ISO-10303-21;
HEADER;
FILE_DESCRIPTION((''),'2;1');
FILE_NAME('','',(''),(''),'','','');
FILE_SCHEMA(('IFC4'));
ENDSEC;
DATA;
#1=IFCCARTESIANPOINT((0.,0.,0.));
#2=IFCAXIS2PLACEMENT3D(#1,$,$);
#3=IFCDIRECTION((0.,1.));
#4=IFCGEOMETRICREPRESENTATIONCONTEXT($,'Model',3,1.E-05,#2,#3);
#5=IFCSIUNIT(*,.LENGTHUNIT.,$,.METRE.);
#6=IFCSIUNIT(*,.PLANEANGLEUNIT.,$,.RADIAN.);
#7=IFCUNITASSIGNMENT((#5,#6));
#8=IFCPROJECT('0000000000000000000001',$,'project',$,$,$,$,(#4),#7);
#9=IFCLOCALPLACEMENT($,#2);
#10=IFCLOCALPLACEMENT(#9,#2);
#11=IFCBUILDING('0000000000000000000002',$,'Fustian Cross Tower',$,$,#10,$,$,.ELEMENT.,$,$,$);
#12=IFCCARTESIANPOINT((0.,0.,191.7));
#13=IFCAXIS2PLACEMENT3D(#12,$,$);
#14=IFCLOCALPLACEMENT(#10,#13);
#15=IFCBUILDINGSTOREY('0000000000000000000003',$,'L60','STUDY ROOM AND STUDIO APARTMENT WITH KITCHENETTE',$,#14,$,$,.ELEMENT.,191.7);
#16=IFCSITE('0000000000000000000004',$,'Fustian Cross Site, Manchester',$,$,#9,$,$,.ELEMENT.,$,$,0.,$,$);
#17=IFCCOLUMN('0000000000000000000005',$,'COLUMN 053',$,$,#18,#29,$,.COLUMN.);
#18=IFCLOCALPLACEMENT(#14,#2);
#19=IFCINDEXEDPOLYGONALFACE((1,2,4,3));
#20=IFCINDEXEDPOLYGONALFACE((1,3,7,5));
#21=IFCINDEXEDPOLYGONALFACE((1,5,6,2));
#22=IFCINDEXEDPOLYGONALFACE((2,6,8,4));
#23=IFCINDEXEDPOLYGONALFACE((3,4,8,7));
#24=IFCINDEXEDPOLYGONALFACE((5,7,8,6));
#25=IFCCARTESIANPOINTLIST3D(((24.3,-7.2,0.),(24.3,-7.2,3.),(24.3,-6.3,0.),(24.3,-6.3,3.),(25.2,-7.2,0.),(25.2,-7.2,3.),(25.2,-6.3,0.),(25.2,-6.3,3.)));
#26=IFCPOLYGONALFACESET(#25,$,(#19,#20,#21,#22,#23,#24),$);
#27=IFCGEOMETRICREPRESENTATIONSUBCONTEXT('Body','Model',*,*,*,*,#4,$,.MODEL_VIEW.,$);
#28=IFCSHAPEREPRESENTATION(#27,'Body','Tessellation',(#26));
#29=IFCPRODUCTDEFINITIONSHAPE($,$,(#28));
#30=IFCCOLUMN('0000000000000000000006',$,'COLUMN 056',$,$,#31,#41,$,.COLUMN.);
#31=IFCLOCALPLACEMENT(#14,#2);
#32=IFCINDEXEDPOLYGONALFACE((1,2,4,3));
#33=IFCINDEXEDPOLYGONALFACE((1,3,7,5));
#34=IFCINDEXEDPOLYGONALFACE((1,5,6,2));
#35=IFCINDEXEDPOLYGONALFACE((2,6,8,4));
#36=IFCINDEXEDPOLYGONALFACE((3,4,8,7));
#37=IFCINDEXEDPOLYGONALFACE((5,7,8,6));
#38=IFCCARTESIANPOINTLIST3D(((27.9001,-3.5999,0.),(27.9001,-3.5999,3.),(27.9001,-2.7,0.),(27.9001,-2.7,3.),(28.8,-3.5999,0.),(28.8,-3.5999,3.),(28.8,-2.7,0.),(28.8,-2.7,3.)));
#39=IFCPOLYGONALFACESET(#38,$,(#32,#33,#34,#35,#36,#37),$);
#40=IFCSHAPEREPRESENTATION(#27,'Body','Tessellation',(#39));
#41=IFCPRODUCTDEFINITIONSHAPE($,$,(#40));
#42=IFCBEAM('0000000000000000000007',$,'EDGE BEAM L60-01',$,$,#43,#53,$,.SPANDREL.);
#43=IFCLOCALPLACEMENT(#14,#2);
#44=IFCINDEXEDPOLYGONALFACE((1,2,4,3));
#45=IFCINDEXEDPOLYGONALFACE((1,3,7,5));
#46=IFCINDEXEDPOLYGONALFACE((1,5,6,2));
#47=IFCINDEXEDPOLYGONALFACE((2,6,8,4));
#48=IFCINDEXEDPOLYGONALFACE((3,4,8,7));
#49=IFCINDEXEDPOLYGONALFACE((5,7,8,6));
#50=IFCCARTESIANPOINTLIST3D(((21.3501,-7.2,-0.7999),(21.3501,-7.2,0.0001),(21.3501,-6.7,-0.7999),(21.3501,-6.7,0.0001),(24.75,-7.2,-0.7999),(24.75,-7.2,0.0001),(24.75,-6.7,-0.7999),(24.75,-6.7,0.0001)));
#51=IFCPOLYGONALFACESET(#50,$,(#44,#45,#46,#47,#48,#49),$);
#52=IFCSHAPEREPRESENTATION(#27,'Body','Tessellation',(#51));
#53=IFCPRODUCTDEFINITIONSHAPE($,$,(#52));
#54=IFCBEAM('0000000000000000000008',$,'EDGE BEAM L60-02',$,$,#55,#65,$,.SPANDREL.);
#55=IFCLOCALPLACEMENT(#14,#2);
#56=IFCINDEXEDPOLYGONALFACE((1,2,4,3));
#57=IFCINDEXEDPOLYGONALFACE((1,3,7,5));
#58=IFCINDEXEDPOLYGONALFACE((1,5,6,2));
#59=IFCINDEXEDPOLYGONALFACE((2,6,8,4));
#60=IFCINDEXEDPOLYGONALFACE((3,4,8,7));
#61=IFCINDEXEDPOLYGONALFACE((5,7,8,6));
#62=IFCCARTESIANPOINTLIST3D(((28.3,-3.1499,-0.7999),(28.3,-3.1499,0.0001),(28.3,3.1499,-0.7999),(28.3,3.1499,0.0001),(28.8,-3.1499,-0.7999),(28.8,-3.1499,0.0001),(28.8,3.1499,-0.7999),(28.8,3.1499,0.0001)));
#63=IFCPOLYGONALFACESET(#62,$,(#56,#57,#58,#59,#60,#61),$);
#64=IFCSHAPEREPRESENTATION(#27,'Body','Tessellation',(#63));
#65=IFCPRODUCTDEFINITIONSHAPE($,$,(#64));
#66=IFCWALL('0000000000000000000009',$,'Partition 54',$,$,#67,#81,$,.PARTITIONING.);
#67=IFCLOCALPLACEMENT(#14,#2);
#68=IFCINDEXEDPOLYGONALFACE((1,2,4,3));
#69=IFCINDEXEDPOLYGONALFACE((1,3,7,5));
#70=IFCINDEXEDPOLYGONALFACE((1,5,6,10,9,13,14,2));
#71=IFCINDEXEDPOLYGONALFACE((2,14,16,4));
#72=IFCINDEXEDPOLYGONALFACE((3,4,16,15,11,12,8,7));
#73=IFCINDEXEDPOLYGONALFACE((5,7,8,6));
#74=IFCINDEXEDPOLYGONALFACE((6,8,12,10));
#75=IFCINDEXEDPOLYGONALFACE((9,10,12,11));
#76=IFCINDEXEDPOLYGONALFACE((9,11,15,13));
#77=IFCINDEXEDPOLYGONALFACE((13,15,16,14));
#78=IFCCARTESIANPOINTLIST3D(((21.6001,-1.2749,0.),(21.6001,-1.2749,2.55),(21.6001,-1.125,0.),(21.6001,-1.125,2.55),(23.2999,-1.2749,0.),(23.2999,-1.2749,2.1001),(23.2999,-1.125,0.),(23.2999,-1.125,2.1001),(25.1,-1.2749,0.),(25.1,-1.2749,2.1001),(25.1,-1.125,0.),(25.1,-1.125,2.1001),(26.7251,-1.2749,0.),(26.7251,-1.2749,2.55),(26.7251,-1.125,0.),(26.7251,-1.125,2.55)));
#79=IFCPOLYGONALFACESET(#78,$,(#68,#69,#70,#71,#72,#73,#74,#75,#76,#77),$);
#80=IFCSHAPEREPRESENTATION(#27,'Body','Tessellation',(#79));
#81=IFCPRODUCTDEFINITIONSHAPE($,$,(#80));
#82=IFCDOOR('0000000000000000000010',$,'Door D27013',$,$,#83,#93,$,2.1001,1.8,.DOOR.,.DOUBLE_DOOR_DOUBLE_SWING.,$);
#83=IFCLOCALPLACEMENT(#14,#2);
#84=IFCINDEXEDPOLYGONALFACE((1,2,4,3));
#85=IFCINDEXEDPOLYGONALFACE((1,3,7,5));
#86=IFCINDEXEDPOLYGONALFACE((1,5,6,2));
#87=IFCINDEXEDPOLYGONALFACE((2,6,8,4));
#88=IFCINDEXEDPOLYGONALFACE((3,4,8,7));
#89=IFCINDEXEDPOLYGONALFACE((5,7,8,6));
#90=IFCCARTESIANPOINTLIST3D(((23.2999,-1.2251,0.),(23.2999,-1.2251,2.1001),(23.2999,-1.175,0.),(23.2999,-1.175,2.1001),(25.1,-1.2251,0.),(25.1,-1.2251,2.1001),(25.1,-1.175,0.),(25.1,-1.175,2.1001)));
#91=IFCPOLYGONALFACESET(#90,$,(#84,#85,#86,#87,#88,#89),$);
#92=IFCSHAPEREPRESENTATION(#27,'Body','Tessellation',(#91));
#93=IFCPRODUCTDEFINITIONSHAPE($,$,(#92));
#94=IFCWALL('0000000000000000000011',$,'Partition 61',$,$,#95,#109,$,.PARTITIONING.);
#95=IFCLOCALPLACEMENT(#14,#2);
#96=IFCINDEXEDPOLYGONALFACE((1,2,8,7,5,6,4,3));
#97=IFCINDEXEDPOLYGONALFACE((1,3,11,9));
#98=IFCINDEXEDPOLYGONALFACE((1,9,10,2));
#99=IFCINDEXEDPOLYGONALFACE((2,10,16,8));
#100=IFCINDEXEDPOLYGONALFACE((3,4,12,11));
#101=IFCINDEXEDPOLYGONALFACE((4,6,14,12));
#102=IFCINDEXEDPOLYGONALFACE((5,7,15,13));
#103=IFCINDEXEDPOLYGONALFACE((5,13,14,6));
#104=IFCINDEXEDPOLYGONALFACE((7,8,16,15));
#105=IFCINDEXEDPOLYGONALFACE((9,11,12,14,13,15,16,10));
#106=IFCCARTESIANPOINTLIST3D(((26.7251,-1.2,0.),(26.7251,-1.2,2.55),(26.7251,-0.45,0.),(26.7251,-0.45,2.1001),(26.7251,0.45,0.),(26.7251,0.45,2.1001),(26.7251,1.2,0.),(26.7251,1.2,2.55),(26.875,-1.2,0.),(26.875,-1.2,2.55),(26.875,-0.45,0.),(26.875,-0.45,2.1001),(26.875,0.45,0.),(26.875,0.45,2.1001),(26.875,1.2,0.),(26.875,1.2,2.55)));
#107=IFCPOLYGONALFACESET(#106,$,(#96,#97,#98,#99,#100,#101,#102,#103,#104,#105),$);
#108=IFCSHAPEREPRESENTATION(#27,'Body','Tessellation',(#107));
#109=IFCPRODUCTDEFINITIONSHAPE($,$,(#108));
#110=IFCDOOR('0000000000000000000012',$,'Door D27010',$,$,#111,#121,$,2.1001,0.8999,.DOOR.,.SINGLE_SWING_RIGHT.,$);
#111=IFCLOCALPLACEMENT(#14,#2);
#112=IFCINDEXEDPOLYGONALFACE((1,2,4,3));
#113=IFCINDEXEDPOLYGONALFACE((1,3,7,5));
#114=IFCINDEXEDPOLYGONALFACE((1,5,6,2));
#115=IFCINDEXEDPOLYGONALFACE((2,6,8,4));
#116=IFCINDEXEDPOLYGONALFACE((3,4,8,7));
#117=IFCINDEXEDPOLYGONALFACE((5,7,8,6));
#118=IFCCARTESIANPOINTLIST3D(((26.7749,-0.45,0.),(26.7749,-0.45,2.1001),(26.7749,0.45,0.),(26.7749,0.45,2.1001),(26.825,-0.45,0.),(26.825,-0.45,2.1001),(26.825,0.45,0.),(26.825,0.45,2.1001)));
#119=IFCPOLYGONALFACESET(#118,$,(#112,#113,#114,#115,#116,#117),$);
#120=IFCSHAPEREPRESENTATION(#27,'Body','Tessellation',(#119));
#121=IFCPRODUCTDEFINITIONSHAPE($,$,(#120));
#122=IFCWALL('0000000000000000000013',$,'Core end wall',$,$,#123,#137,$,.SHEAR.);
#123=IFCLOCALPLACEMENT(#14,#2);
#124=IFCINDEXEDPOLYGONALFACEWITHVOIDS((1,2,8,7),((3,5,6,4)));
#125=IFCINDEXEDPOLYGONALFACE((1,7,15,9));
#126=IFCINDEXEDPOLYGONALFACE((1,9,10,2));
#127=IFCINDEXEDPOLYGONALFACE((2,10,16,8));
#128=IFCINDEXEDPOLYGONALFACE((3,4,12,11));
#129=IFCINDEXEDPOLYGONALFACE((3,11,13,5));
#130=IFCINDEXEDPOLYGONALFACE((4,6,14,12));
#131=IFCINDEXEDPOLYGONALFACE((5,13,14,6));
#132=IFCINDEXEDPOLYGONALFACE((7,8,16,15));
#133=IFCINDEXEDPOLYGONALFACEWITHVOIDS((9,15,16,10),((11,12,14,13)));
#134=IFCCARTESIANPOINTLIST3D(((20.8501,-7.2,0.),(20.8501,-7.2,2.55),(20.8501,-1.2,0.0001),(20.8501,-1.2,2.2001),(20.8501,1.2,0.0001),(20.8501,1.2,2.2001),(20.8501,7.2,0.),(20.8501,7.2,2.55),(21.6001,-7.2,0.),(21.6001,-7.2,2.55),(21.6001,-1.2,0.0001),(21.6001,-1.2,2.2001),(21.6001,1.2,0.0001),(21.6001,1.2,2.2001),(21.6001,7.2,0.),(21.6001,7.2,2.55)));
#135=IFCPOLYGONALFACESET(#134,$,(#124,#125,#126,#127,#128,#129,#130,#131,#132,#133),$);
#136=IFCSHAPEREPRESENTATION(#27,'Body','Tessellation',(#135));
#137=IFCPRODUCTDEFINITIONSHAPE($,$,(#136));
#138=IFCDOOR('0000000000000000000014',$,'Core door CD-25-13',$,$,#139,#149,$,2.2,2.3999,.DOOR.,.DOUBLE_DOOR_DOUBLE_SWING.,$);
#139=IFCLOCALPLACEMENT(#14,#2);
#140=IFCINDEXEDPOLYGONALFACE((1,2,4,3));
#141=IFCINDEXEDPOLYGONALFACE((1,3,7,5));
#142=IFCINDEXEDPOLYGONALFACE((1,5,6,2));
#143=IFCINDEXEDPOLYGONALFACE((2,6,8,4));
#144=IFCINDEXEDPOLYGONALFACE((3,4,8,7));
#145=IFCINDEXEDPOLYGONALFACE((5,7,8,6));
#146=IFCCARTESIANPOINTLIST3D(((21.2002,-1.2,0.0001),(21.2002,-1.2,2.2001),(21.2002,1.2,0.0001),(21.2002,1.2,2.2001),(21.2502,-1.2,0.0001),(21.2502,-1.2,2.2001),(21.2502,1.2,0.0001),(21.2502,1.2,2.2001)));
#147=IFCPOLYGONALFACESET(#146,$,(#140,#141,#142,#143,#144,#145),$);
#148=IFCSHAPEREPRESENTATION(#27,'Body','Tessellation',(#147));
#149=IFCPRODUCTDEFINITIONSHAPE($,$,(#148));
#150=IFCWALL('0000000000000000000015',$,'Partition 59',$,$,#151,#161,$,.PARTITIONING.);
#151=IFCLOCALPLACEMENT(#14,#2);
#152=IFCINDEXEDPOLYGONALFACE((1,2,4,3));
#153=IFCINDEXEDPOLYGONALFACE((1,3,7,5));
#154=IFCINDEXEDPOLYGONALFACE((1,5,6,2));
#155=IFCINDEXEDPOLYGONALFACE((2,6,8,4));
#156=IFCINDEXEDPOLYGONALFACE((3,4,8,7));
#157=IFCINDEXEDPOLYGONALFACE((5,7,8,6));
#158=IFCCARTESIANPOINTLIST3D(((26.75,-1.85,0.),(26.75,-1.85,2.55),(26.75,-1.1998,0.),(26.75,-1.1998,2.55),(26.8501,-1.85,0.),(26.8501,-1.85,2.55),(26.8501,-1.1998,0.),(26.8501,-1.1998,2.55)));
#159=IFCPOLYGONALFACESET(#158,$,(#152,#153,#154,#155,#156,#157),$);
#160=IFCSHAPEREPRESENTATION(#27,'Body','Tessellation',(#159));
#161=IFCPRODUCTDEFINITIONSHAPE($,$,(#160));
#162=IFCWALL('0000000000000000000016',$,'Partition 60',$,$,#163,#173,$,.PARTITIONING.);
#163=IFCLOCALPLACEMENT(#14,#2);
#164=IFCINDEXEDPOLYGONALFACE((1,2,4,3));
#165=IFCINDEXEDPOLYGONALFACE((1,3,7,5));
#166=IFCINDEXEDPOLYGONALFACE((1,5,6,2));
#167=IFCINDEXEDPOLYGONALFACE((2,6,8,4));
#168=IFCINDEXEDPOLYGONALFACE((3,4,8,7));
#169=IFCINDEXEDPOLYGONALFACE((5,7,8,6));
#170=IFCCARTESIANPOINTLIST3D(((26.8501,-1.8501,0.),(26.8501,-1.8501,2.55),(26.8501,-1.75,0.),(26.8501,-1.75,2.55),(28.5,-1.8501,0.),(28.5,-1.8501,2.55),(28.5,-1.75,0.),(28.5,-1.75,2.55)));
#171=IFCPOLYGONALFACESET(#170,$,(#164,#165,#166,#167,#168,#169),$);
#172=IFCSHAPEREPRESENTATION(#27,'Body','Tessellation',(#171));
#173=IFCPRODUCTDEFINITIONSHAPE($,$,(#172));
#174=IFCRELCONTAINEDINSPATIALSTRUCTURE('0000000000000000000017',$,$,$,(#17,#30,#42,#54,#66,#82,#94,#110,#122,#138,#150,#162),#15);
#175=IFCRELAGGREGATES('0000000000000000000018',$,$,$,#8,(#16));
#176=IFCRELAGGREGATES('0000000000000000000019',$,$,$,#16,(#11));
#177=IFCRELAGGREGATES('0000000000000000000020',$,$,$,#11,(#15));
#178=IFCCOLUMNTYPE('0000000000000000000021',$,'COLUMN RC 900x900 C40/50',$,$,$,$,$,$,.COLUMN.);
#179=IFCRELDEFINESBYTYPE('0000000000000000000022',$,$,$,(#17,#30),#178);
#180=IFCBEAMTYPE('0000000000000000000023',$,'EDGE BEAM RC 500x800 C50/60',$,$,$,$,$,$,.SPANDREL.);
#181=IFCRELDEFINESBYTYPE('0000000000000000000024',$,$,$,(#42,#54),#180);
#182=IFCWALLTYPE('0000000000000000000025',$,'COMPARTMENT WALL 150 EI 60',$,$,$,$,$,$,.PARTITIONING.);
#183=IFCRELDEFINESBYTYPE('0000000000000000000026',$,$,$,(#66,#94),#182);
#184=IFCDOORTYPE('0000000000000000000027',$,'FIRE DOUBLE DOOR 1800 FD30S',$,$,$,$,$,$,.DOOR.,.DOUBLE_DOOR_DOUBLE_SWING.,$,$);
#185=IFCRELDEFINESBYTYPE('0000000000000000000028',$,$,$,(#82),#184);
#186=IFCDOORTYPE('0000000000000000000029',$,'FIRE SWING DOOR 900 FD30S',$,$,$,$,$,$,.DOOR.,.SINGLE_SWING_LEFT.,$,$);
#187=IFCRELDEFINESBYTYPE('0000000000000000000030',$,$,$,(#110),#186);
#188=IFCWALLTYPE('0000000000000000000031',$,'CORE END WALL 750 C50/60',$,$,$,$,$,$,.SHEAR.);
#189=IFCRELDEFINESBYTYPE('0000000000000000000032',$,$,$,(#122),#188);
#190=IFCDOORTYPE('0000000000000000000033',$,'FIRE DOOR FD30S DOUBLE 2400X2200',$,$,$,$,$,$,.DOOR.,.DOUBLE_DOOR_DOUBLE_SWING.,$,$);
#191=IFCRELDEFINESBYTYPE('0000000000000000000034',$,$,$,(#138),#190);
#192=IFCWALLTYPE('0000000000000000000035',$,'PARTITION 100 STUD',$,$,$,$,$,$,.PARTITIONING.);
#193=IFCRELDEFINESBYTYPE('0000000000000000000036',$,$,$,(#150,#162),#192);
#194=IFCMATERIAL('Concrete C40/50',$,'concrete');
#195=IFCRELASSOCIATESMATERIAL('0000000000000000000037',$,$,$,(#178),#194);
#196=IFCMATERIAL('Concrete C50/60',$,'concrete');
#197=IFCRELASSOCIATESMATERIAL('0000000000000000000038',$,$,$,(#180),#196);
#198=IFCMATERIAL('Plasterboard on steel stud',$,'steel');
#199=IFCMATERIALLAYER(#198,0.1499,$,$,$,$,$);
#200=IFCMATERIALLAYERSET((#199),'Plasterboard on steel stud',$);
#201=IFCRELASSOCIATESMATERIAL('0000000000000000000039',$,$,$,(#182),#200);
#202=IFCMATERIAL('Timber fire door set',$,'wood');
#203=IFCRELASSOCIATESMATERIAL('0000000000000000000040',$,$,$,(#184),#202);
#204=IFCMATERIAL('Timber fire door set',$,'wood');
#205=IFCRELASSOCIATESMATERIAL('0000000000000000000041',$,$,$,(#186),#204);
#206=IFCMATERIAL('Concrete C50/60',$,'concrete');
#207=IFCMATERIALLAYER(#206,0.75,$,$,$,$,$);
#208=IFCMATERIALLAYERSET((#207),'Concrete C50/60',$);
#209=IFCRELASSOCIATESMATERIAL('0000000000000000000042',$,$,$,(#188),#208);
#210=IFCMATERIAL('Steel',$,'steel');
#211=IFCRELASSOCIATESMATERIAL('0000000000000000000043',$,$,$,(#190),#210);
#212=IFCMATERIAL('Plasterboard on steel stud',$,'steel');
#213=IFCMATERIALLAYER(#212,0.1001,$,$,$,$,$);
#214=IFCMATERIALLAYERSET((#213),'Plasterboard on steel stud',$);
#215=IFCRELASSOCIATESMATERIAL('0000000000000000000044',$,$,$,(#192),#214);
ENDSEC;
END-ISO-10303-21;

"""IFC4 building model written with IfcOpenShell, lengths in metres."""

from ifc_helpers import new_model, si_unit, direction, frame, frame_2d, origin, origin_2d, place, context, subcontext, project, spatial, rectangle, extrude, material, layer, layer_set, material_profile, profile_set, type_object, element, fill, save


model = new_model("IFC4")

# Units and contexts
model_context = context("Model", 3, precision=1e-05, world=origin(), true_north=direction((0.0, 1.0)))
body_context = subcontext(model_context, "Body", "Model", "MODEL_VIEW")
ifc_project = project(units=[si_unit("LENGTHUNIT", "METRE"), si_unit("PLANEANGLEUNIT", "RADIAN")], contexts=[model_context])

# Site, building, storey
site_placement = place(None, origin())
site = spatial("IfcSite", under=ifc_project, at=site_placement, Name="Fustian Cross Site, Manchester", CompositionType="ELEMENT", RefElevation=0.0)
building_placement = place(site_placement, origin())
building = spatial("IfcBuilding", under=site, at=building_placement, Name="Fustian Cross Tower", CompositionType="ELEMENT")
storey_placement = place(building_placement, frame((0.0, 0.0, 191.7)))
storey = spatial("IfcBuildingStorey", under=building, at=storey_placement, Name="L60", Description="STUDY ROOM AND STUDIO APARTMENT WITH KITCHENETTE", CompositionType="ELEMENT", Elevation=191.7)

# Columns
ifc_material_1 = material(Name="Concrete C40/50", Category="concrete")
ifc_material_profile_1 = material_profile(ifc_material_1, rectangle(XDim=0.8999, YDim=0.8999, at=origin_2d()), Name="RC 900x900")
ifc_profile_set_1 = profile_set([ifc_material_profile_1], Name="Concrete C40/50")
column_type = type_object("IfcColumnType", Name="COLUMN RC 900x900 C40/50", PredefinedType="COLUMN", material=ifc_profile_set_1)
for number, where, z_axis, x_axis, name in (
    (1, (24.75, -6.75, 0.0), (0.0, 0.0, 1.0), (1.0, 0.0, 0.0), "COLUMN 053"),
    (2, (28.3501, -3.1499, 0.0), (0.0, 0.0, 1.0), (1.0, 0.0, 0.0), "COLUMN 056"),
):
    element("IfcColumn", number, at=place(storey_placement, frame(where, z_axis=z_axis, x_axis=x_axis)), inside=storey, type_object=column_type, Name=name, PredefinedType="COLUMN", context=body_context, shape_type="SweptSolid", body=[
        extrude(rectangle(XDim=0.8999, YDim=0.8999, at=origin_2d()), origin(), (0.0, 0.0, 1.0), 3.0),
    ])

# Beams
ifc_material_2 = material(Name="Concrete C50/60", Category="concrete")
ifc_material_profile_2 = material_profile(ifc_material_2, rectangle(XDim=0.5, YDim=0.8, at=origin_2d()), Name="RC 500x800")
ifc_profile_set_2 = profile_set([ifc_material_profile_2], Name="Concrete C50/60")
beam_type = type_object("IfcBeamType", Name="EDGE BEAM RC 500x800 C50/60", PredefinedType="SPANDREL", material=ifc_profile_set_2)
beam_1_placement = place(storey_placement, frame((21.3501, -6.95, -0.3999), z_axis=(1.0, 0.0, 0.0), x_axis=(0.0, 1.0, 0.0)))
element("IfcBeam", 3, at=beam_1_placement, inside=storey, type_object=beam_type, Name="EDGE BEAM L60-01", PredefinedType="SPANDREL", context=body_context, shape_type="SweptSolid", body=[
    extrude(rectangle(XDim=0.5, YDim=0.8, at=origin_2d()), origin(), (0.0, 0.0, 1.0), 3.3999),
])
beam_2_placement = place(storey_placement, frame((28.55, -3.1499, -0.3999), z_axis=(0.0, 1.0, 0.0), x_axis=(-1.0, 0.0, 0.0)))
element("IfcBeam", 4, at=beam_2_placement, inside=storey, type_object=beam_type, Name="EDGE BEAM L60-02", PredefinedType="SPANDREL", context=body_context, shape_type="SweptSolid", body=[
    extrude(rectangle(XDim=0.5, YDim=0.8, at=origin_2d()), origin(), (0.0, 0.0, 1.0), 6.2998),
])

# Walls, openings, doors
ifc_material_3 = material(Name="Plasterboard on steel stud", Category="steel")
ifc_layer_1 = layer(ifc_material_3, 0.1499)
ifc_layer_set_1 = layer_set([ifc_layer_1], Name="Plasterboard on steel stud")
wall_type_1 = type_object("IfcWallType", Name="COMPARTMENT WALL 150 EI 60", PredefinedType="PARTITIONING", material=ifc_layer_set_1)
wall_1_placement = place(storey_placement, frame((21.6001, -1.2, 0.0), z_axis=(0.0, 0.0, 1.0), x_axis=(1.0, 0.0, 0.0)))
wall_1 = element("IfcWall", 5, at=wall_1_placement, inside=storey, type_object=wall_type_1, Name="Partition 54", PredefinedType="PARTITIONING", context=body_context, shape_type="SweptSolid", body=[
    extrude(rectangle(XDim=5.125, YDim=0.1499, at=frame_2d((2.5625, 0.0))), origin(), (0.0, 0.0, 1.0), 2.55),
])
opening_1_placement = place(wall_1_placement, frame((1.7, 0.0, 0.0)))
opening_1 = element("IfcOpeningElement", 6, at=opening_1_placement, cuts=wall_1, PredefinedType="OPENING", context=body_context, shape_type="SweptSolid", body=[
    extrude(rectangle(XDim=1.8, YDim=2.1001, at=frame_2d((0.8999, 1.05))), frame((0.0, 0.085, 0.0), z_axis=(0.0, -1.0, 0.0), x_axis=(1.0, 0.0, 0.0)), (0.0, 0.0, 1.0), 0.1699),
])
ifc_material_4 = material(Name="Timber fire door set", Category="wood")
door_type_1 = type_object("IfcDoorType", Name="FIRE DOUBLE DOOR 1800 FD30S", OperationType="DOUBLE_DOOR_DOUBLE_SWING", PredefinedType="DOOR", material=ifc_material_4)
door_1_placement = place(opening_1_placement, origin())
door_1 = element("IfcDoor", 7, at=door_1_placement, inside=storey, type_object=door_type_1, Name="Door D27013", OperationType="DOUBLE_DOOR_DOUBLE_SWING", OverallHeight=2.1001, OverallWidth=1.8, PredefinedType="DOOR", context=body_context, shape_type="SweptSolid", body=[
    extrude(rectangle(XDim=1.8, YDim=2.1001, at=frame_2d((0.8999, 1.05))), frame((0.0, 0.0249, 0.0), z_axis=(0.0, -1.0, 0.0), x_axis=(1.0, 0.0, 0.0)), (0.0, 0.0, 1.0), 0.05),
])
fill(opening_1, door_1)
wall_2_placement = place(storey_placement, frame((26.8, -1.2, 0.0), z_axis=(0.0, 0.0, 1.0), x_axis=(0.0, 1.0, 0.0)))
wall_2 = element("IfcWall", 8, at=wall_2_placement, inside=storey, type_object=wall_type_1, Name="Partition 61", PredefinedType="PARTITIONING", context=body_context, shape_type="SweptSolid", body=[
    extrude(rectangle(XDim=2.3999, YDim=0.1499, at=frame_2d((1.2, 0.0))), origin(), (0.0, 0.0, 1.0), 2.55),
])
opening_2_placement = place(wall_2_placement, frame((0.75, 0.0, 0.0)))
opening_2 = element("IfcOpeningElement", 9, at=opening_2_placement, cuts=wall_2, PredefinedType="OPENING", context=body_context, shape_type="SweptSolid", body=[
    extrude(rectangle(XDim=0.8999, YDim=2.1001, at=frame_2d((0.45, 1.05))), frame((0.0, 0.085, 0.0), z_axis=(0.0, -1.0, 0.0), x_axis=(1.0, 0.0, 0.0)), (0.0, 0.0, 1.0), 0.1699),
])
ifc_material_5 = material(Name="Timber fire door set", Category="wood")
door_type_2 = type_object("IfcDoorType", Name="FIRE SWING DOOR 900 FD30S", OperationType="SINGLE_SWING_LEFT", PredefinedType="DOOR", material=ifc_material_5)
door_2_placement = place(opening_2_placement, frame((0.8999, 0.0, 0.0), z_axis=(0.0, 0.0, 1.0), x_axis=(-1.0, 0.0, 0.0)))
door_2 = element("IfcDoor", 10, at=door_2_placement, inside=storey, type_object=door_type_2, Name="Door D27010", OperationType="SINGLE_SWING_RIGHT", OverallHeight=2.1001, OverallWidth=0.8999, PredefinedType="DOOR", context=body_context, shape_type="SweptSolid", body=[
    extrude(rectangle(XDim=0.8999, YDim=2.1001, at=frame_2d((0.45, 1.05))), frame((0.0, 0.0249, 0.0), z_axis=(0.0, -1.0, 0.0), x_axis=(1.0, 0.0, 0.0)), (0.0, 0.0, 1.0), 0.05),
])
fill(opening_2, door_2)
ifc_material_6 = material(Name="Concrete C50/60", Category="concrete")
ifc_layer_2 = layer(ifc_material_6, 0.75)
ifc_layer_set_2 = layer_set([ifc_layer_2], Name="Concrete C50/60")
wall_type_2 = type_object("IfcWallType", Name="CORE END WALL 750 C50/60", PredefinedType="SHEAR", material=ifc_layer_set_2)
wall_3_placement = place(storey_placement, frame((21.2251, -7.2, 0.0), z_axis=(0.0, 0.0, 1.0), x_axis=(0.0, 1.0, 0.0)))
wall_3 = element("IfcWall", 11, at=wall_3_placement, inside=storey, type_object=wall_type_2, Name="Core end wall", PredefinedType="SHEAR", context=body_context, shape_type="SweptSolid", body=[
    extrude(rectangle(XDim=14.3999, YDim=0.75, at=frame_2d((7.2, 0.0))), origin(), (0.0, 0.0, 1.0), 2.55),
])
opening_3_placement = place(wall_3_placement, frame((6.0, 0.0, 0.0)))
opening_3 = element("IfcOpeningElement", 12, at=opening_3_placement, cuts=wall_3, PredefinedType="OPENING", context=body_context, shape_type="SweptSolid", body=[
    extrude(rectangle(XDim=2.3999, YDim=2.2, at=frame_2d((1.2, 1.1001))), frame((0.0, 0.385, 0.0), z_axis=(0.0, -1.0, 0.0), x_axis=(1.0, 0.0, 0.0)), (0.0, 0.0, 1.0), 0.77),
])
ifc_material_7 = material(Name="Steel", Category="steel")
door_type_3 = type_object("IfcDoorType", Name="FIRE DOOR FD30S DOUBLE 2400X2200", OperationType="DOUBLE_DOOR_DOUBLE_SWING", PredefinedType="DOOR", material=ifc_material_7)
door_3_placement = place(opening_3_placement, origin())
door_3 = element("IfcDoor", 13, at=door_3_placement, inside=storey, type_object=door_type_3, Name="Core door CD-25-13", OperationType="DOUBLE_DOOR_DOUBLE_SWING", OverallHeight=2.2, OverallWidth=2.3999, PredefinedType="DOOR", context=body_context, shape_type="SweptSolid", body=[
    extrude(rectangle(XDim=2.3999, YDim=2.2, at=frame_2d((1.2, 1.1001))), frame((0.0, 0.0249, 0.0), z_axis=(0.0, -1.0, 0.0), x_axis=(1.0, 0.0, 0.0)), (0.0, 0.0, 1.0), 0.05),
])
fill(opening_3, door_3)

# Walls
ifc_material_8 = material(Name="Plasterboard on steel stud", Category="steel")
ifc_layer_3 = layer(ifc_material_8, 0.1001)
ifc_layer_set_3 = layer_set([ifc_layer_3], Name="Plasterboard on steel stud")
wall_type_3 = type_object("IfcWallType", Name="PARTITION 100 STUD", PredefinedType="PARTITIONING", material=ifc_layer_set_3)
wall_4_placement = place(storey_placement, frame((26.8, -1.8501, 0.0), z_axis=(0.0, 0.0, 1.0), x_axis=(0.0, 1.0, 0.0)))
element("IfcWall", 14, at=wall_4_placement, inside=storey, type_object=wall_type_3, Name="Partition 59", PredefinedType="PARTITIONING", context=body_context, shape_type="SweptSolid", body=[
    extrude(rectangle(XDim=0.6501, YDim=0.1001, at=frame_2d((0.3252, 0.0))), origin(), (0.0, 0.0, 1.0), 2.55),
])
wall_5_placement = place(storey_placement, frame((26.8501, -1.8, 0.0), z_axis=(0.0, 0.0, 1.0), x_axis=(1.0, 0.0, 0.0)))
element("IfcWall", 15, at=wall_5_placement, inside=storey, type_object=wall_type_3, Name="Partition 60", PredefinedType="PARTITIONING", context=body_context, shape_type="SweptSolid", body=[
    extrude(rectangle(XDim=1.6499, YDim=0.1001, at=frame_2d((0.825, 0.0))), origin(), (0.0, 0.0, 1.0), 2.55),
])

save(model, "model.ifc")
